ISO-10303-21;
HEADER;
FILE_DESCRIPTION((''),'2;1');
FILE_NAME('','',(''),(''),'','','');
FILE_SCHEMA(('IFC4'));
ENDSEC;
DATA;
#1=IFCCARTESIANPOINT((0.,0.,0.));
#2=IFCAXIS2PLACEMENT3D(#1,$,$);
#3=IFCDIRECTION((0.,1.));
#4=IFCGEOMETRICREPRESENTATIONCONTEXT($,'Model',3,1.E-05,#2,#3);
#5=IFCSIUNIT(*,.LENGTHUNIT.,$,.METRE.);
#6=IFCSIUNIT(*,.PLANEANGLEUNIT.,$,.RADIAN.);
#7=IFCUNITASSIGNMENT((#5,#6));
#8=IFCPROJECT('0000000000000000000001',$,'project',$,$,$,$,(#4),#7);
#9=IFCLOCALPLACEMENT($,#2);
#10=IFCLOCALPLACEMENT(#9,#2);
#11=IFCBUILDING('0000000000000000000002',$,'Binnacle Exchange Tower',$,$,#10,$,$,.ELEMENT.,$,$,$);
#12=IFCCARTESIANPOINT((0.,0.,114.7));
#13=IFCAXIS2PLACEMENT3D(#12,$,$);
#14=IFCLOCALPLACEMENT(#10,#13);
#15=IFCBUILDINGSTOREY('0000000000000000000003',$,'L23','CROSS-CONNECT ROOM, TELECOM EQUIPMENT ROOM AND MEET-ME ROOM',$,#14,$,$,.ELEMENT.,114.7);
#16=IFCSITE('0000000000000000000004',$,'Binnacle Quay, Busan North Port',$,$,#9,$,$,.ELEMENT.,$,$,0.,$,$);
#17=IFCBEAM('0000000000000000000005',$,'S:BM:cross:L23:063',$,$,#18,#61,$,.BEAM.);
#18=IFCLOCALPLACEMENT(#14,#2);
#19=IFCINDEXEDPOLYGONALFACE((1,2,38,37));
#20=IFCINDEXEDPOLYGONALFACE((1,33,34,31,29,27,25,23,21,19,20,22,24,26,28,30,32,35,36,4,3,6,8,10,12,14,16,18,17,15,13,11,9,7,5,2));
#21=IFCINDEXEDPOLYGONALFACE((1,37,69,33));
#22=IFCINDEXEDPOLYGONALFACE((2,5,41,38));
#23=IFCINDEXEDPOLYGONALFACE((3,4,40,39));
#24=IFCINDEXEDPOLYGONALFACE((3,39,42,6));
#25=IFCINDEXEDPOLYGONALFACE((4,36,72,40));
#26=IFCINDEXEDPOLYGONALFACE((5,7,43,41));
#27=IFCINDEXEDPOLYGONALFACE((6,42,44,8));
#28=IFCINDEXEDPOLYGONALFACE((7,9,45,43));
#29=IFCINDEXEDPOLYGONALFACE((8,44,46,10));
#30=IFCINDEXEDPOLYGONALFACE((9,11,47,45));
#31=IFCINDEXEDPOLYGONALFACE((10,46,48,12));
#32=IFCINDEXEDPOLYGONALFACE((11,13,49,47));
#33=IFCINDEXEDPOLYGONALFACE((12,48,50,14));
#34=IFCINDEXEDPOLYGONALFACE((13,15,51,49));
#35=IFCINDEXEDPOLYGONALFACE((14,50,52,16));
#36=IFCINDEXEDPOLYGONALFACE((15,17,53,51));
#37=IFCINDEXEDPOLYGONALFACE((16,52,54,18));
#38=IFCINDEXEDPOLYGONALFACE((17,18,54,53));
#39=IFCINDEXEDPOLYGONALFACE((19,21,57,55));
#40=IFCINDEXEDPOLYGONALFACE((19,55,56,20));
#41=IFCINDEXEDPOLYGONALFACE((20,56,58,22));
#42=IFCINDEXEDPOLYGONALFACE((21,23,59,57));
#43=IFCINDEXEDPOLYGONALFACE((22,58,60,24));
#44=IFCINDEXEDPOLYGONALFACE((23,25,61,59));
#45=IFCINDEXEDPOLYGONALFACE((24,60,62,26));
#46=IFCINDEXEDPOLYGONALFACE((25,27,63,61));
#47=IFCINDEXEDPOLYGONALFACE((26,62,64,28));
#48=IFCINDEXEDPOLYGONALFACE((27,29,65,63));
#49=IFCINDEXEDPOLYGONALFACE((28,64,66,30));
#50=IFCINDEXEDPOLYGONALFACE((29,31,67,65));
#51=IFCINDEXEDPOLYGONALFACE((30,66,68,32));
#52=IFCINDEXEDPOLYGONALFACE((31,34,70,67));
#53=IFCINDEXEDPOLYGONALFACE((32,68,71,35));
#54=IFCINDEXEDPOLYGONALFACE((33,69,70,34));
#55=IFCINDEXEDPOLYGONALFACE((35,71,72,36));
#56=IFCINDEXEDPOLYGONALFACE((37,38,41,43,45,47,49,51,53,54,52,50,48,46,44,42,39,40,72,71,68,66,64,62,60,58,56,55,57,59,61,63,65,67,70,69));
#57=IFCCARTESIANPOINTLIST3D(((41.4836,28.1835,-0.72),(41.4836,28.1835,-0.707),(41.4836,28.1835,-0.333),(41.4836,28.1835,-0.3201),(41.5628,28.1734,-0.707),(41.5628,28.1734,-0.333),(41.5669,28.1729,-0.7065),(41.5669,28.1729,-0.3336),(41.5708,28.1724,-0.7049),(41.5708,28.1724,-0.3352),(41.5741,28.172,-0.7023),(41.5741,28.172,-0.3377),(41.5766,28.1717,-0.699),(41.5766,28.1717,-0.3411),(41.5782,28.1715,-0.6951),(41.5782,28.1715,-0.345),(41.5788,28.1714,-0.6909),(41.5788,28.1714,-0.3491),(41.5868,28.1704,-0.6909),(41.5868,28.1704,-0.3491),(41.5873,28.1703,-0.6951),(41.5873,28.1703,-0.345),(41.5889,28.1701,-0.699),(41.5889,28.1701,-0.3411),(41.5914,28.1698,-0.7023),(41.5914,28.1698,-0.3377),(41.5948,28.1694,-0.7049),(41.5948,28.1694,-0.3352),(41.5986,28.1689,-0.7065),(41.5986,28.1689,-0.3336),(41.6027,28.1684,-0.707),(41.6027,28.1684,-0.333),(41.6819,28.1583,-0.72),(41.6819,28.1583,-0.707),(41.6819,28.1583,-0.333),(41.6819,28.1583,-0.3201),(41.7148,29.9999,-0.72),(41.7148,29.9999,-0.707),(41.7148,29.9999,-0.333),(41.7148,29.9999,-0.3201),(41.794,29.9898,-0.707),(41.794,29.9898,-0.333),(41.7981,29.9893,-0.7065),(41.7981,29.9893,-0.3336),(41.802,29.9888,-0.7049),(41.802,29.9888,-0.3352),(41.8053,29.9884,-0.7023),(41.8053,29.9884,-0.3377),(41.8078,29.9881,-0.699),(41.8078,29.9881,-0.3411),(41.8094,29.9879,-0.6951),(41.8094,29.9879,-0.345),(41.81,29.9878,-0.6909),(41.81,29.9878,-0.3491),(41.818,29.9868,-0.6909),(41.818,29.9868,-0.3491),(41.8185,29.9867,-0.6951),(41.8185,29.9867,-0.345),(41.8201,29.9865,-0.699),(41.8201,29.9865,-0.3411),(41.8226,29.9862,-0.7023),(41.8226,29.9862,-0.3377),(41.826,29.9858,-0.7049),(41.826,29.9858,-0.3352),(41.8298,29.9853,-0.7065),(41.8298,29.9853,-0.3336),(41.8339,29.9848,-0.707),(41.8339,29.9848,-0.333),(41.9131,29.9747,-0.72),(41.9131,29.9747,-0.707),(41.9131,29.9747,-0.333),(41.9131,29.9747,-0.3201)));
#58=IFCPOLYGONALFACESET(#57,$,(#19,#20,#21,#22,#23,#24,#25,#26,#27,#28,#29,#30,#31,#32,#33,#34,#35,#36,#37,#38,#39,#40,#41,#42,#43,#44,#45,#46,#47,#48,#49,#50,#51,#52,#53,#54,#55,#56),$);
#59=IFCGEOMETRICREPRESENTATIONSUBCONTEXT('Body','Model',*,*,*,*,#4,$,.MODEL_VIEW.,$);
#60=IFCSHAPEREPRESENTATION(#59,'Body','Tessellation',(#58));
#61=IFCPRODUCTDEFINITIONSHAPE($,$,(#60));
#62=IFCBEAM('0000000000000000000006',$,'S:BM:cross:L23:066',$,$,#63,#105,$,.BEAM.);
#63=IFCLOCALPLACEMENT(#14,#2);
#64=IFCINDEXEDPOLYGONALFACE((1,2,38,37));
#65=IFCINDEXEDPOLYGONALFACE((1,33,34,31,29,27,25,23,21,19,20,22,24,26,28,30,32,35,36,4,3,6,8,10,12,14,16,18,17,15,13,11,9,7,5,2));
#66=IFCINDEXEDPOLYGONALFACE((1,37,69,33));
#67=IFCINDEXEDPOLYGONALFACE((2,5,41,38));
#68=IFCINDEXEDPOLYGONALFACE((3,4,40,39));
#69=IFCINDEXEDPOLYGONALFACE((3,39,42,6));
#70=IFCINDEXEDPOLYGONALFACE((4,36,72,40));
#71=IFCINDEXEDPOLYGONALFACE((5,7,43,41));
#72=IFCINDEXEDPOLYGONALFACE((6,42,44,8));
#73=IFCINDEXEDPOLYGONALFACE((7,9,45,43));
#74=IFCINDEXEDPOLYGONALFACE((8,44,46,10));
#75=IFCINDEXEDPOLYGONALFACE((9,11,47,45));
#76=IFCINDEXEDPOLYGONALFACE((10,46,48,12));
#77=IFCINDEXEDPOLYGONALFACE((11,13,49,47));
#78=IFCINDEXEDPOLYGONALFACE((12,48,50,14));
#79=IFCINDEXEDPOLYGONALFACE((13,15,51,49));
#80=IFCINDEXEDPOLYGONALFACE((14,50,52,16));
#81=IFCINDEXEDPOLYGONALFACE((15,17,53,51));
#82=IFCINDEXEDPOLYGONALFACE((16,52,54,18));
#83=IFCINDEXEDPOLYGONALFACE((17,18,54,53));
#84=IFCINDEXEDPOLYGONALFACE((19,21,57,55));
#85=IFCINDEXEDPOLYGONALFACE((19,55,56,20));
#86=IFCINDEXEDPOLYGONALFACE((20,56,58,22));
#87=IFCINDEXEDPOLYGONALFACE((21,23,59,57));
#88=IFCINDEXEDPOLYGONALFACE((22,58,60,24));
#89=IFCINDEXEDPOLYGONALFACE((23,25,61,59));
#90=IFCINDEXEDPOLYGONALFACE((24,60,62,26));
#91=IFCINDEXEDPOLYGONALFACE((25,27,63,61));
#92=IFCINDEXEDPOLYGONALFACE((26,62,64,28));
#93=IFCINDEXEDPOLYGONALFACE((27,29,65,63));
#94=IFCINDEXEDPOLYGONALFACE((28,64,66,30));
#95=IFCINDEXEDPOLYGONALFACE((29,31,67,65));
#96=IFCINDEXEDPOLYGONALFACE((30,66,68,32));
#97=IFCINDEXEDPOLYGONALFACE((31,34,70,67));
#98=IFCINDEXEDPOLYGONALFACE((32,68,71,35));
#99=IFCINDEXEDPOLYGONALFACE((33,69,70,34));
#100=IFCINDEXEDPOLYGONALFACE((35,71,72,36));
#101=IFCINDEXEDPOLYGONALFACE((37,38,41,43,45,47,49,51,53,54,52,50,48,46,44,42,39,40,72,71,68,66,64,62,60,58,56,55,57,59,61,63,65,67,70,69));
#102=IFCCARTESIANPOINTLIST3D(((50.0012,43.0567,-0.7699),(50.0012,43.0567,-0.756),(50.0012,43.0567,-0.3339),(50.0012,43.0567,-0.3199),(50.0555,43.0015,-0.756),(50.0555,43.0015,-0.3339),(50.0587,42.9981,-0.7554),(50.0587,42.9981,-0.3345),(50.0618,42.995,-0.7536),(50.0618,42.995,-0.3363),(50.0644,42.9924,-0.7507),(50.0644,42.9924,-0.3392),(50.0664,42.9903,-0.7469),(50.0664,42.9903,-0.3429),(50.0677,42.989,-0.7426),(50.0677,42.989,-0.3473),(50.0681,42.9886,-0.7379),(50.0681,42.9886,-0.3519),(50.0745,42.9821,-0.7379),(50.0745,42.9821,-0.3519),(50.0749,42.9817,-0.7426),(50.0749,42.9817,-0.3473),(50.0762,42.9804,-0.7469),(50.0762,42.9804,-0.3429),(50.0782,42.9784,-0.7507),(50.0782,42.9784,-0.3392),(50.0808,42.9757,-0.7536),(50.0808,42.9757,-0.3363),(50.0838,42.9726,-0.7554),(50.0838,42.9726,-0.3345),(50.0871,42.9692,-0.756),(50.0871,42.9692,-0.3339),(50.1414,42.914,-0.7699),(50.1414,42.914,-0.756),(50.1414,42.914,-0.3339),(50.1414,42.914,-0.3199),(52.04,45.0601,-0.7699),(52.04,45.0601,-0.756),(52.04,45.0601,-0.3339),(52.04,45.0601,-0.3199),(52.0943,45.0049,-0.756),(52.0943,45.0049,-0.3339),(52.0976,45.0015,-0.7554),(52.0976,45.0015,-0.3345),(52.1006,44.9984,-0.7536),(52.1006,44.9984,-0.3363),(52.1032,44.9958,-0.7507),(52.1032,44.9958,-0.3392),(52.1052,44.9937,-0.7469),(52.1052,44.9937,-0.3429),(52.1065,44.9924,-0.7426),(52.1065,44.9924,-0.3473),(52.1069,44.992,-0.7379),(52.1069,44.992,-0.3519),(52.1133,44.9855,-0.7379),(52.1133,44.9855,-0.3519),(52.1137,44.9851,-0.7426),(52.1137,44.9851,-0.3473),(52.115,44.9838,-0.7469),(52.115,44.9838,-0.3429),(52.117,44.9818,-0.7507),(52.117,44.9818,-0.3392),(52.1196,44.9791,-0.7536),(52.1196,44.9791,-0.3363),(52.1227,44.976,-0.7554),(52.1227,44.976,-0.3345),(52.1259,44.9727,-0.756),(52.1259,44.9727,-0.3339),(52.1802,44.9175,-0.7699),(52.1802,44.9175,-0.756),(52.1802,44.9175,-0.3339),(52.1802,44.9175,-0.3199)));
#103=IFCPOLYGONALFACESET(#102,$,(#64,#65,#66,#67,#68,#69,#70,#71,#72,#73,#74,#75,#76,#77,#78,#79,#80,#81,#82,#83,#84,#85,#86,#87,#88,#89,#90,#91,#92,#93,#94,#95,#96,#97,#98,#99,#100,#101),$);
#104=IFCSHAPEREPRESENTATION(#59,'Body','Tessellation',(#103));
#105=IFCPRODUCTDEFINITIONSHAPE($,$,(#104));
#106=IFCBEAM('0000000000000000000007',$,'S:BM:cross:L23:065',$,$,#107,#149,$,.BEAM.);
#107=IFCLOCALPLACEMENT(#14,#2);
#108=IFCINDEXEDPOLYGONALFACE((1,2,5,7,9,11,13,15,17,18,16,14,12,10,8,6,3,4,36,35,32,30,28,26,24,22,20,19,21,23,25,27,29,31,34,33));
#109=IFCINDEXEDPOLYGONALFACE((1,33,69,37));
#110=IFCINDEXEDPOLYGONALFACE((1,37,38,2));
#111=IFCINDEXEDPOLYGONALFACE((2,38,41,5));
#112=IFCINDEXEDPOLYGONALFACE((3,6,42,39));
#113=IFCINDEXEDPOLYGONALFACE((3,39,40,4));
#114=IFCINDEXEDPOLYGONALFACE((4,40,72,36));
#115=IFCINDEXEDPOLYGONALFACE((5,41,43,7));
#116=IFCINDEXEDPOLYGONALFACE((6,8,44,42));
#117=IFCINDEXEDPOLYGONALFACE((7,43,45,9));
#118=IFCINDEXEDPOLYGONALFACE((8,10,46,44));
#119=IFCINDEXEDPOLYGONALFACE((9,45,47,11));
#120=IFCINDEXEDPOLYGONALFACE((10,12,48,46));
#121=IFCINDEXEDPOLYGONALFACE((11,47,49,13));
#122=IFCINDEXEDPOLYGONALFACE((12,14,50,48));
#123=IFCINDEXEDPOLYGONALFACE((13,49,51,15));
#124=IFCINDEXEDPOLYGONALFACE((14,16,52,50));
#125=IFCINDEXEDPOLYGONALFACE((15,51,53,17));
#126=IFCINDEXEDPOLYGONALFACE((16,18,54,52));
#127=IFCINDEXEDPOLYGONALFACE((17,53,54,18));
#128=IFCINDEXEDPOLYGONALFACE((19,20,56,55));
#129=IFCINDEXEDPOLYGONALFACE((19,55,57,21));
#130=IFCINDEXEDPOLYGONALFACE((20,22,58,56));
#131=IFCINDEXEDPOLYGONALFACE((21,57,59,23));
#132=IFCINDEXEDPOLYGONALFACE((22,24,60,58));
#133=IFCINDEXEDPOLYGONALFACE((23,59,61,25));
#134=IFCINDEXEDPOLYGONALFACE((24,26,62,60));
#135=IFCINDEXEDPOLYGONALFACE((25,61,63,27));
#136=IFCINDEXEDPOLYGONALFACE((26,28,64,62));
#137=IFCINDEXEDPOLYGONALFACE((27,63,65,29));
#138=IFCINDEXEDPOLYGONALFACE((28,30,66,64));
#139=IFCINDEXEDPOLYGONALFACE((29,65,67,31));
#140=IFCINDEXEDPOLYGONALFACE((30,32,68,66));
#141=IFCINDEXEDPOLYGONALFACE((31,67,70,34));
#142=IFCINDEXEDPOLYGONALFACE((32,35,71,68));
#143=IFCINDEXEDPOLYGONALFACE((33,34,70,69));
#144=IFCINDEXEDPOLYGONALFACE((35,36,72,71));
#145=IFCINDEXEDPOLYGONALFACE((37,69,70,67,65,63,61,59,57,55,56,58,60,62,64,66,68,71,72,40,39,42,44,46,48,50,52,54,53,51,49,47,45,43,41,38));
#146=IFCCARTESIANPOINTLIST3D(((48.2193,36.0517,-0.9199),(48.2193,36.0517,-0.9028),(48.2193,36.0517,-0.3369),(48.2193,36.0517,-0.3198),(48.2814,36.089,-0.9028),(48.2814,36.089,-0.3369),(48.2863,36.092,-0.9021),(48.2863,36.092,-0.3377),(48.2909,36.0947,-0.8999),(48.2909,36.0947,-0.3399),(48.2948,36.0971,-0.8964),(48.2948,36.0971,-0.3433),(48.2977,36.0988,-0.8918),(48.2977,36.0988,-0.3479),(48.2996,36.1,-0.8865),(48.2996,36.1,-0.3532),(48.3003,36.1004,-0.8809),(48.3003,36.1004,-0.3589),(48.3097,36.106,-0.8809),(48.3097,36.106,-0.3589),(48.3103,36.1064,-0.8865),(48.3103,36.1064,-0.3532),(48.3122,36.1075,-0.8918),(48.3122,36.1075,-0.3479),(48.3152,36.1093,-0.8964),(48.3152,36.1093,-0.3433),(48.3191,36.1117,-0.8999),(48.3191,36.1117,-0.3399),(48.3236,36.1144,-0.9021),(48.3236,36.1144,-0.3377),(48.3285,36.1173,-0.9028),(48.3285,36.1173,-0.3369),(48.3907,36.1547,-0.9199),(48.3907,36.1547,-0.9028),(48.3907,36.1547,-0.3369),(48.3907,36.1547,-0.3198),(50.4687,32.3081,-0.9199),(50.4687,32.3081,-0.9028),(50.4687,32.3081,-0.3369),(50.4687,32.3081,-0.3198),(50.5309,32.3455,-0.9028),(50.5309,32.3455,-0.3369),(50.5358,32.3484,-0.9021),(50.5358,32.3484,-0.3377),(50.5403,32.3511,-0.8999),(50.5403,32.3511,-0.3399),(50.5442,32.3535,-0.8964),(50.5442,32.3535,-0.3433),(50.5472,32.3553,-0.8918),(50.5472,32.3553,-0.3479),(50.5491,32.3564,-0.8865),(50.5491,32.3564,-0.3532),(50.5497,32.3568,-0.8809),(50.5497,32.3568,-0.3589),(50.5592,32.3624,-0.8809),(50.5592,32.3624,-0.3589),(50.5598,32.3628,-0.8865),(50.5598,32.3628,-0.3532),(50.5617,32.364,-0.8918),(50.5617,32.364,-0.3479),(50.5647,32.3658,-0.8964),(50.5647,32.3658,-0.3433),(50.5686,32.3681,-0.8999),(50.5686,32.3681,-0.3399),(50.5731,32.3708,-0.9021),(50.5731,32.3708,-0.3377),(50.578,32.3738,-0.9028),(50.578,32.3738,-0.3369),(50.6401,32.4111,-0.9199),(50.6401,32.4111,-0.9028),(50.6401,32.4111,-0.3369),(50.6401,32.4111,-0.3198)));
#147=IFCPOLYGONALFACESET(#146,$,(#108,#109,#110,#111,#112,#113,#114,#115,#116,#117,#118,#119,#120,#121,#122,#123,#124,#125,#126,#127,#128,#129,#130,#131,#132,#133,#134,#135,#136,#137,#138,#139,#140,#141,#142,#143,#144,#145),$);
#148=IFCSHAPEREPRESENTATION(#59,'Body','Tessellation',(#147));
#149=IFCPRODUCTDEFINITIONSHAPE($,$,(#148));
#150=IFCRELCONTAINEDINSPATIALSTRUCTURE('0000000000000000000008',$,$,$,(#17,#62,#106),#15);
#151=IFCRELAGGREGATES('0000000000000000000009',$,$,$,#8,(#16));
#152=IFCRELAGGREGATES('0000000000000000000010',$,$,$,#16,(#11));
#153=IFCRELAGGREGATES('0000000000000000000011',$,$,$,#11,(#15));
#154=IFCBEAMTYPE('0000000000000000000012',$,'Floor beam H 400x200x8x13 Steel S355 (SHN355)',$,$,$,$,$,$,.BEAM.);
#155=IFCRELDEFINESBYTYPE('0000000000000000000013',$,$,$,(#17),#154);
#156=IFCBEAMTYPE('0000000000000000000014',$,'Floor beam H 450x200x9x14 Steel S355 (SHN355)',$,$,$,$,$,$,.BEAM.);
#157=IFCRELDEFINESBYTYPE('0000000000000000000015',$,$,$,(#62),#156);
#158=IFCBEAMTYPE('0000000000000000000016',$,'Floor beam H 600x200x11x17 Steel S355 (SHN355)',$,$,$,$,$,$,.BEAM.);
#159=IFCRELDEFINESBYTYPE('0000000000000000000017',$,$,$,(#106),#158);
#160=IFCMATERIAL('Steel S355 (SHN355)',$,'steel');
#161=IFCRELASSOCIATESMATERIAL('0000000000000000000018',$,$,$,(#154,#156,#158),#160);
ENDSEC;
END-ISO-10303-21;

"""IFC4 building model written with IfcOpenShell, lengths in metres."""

from ifc_helpers import new_model, si_unit, direction, frame, origin, origin_2d, place, context, subcontext, project, spatial, i_section, extrude, material, material_profile, profile_set, type_object, element, save


model = new_model("IFC4")

# Units and contexts
model_context = context("Model", 3, precision=1e-05, world=origin(), true_north=direction((0.0, 1.0)))
body_context = subcontext(model_context, "Body", "Model", "MODEL_VIEW")
ifc_project = project(units=[si_unit("LENGTHUNIT", "METRE"), si_unit("PLANEANGLEUNIT", "RADIAN")], contexts=[model_context])

# Site, building, storey
site_placement = place(None, origin())
site = spatial("IfcSite", under=ifc_project, at=site_placement, Name="Binnacle Quay, Busan North Port", CompositionType="ELEMENT", RefElevation=0.0)
building_placement = place(site_placement, origin())
building = spatial("IfcBuilding", under=site, at=building_placement, Name="Binnacle Exchange Tower", CompositionType="ELEMENT")
storey_placement = place(building_placement, frame((0.0, 0.0, 114.7)))
storey = spatial("IfcBuildingStorey", under=building, at=storey_placement, Name="L23", Description="CROSS-CONNECT ROOM, TELECOM EQUIPMENT ROOM AND MEET-ME ROOM", CompositionType="ELEMENT", Elevation=114.7)

# Beams
ifc_material_1 = material(Name="Steel S355 (SHN355)", Category="steel")
ifc_material_profile_1 = material_profile(ifc_material_1, i_section(OverallWidth=0.2, OverallDepth=0.3999, WebThickness=0.0081, FlangeThickness=0.0129, FilletRadius=0.0161, at=origin_2d()), Name="H 400x200x8x13")
ifc_profile_set_1 = profile_set([ifc_material_profile_1], Name="Steel S355 (SHN355)")
beam_type_1 = type_object("IfcBeamType", Name="Floor beam H 400x200x8x13 Steel S355 (SHN355)", PredefinedType="BEAM", material=ifc_profile_set_1)
beam_1_placement = place(storey_placement, frame((41.5828, 28.1709, -0.52), z_axis=(0.126266, 0.991996, 0.0), x_axis=(-0.991996, 0.126266, 0.0)))
element("IfcBeam", 1, at=beam_1_placement, inside=storey, type_object=beam_type_1, Name="S:BM:cross:L23:063", PredefinedType="BEAM", context=body_context, shape_type="SweptSolid", body=[
    extrude(i_section(OverallWidth=0.2, OverallDepth=0.3999, WebThickness=0.0081, FlangeThickness=0.0129, FilletRadius=0.0161, at=origin_2d()), origin(), (0.0, 0.0, 1.0), 1.8311),
])
ifc_material_profile_2 = material_profile(ifc_material_1, i_section(OverallWidth=0.2, OverallDepth=0.45, WebThickness=0.009, FlangeThickness=0.0139, FilletRadius=0.0181, at=origin_2d()), Name="H 450x200x9x14")
ifc_profile_set_2 = profile_set([ifc_material_profile_2], Name="Steel S355 (SHN355)")
beam_type_2 = type_object("IfcBeamType", Name="Floor beam H 450x200x9x14 Steel S355 (SHN355)", PredefinedType="BEAM", material=ifc_profile_set_2)
beam_2_placement = place(storey_placement, frame((52.1101, 44.9888, -0.5449), z_axis=(-0.713272, -0.700887, 0.0), x_axis=(0.700887, -0.713272, 0.0)))
element("IfcBeam", 2, at=beam_2_placement, inside=storey, type_object=beam_type_2, Name="S:BM:cross:L23:066", PredefinedType="BEAM", context=body_context, shape_type="SweptSolid", body=[
    extrude(i_section(OverallWidth=0.2, OverallDepth=0.45, WebThickness=0.009, FlangeThickness=0.0139, FilletRadius=0.0181, at=origin_2d()), origin(), (0.0, 0.0, 1.0), 2.8584),
])
ifc_material_profile_3 = material_profile(ifc_material_1, i_section(OverallWidth=0.2, OverallDepth=0.6001, WebThickness=0.011, FlangeThickness=0.0171, FilletRadius=0.022, at=origin_2d()), Name="H 600x200x11x17")
ifc_profile_set_3 = profile_set([ifc_material_profile_3], Name="Steel S355 (SHN355)")
beam_type_3 = type_object("IfcBeamType", Name="Floor beam H 600x200x11x17 Steel S355 (SHN355)", PredefinedType="BEAM", material=ifc_profile_set_3)
beam_3_placement = place(storey_placement, frame((50.5544, 32.3596, -0.6199), z_axis=(-0.515055, 0.857157, 0.0), x_axis=(-0.857157, -0.515055, 0.0)))
element("IfcBeam", 3, at=beam_3_placement, inside=storey, type_object=beam_type_3, Name="S:BM:cross:L23:065", PredefinedType="BEAM", context=body_context, shape_type="SweptSolid", body=[
    extrude(i_section(OverallWidth=0.2, OverallDepth=0.6001, WebThickness=0.011, FlangeThickness=0.0171, FilletRadius=0.022, at=origin_2d()), origin(), (0.0, 0.0, 1.0), 4.3674),
])

save(model, "model.ifc")
